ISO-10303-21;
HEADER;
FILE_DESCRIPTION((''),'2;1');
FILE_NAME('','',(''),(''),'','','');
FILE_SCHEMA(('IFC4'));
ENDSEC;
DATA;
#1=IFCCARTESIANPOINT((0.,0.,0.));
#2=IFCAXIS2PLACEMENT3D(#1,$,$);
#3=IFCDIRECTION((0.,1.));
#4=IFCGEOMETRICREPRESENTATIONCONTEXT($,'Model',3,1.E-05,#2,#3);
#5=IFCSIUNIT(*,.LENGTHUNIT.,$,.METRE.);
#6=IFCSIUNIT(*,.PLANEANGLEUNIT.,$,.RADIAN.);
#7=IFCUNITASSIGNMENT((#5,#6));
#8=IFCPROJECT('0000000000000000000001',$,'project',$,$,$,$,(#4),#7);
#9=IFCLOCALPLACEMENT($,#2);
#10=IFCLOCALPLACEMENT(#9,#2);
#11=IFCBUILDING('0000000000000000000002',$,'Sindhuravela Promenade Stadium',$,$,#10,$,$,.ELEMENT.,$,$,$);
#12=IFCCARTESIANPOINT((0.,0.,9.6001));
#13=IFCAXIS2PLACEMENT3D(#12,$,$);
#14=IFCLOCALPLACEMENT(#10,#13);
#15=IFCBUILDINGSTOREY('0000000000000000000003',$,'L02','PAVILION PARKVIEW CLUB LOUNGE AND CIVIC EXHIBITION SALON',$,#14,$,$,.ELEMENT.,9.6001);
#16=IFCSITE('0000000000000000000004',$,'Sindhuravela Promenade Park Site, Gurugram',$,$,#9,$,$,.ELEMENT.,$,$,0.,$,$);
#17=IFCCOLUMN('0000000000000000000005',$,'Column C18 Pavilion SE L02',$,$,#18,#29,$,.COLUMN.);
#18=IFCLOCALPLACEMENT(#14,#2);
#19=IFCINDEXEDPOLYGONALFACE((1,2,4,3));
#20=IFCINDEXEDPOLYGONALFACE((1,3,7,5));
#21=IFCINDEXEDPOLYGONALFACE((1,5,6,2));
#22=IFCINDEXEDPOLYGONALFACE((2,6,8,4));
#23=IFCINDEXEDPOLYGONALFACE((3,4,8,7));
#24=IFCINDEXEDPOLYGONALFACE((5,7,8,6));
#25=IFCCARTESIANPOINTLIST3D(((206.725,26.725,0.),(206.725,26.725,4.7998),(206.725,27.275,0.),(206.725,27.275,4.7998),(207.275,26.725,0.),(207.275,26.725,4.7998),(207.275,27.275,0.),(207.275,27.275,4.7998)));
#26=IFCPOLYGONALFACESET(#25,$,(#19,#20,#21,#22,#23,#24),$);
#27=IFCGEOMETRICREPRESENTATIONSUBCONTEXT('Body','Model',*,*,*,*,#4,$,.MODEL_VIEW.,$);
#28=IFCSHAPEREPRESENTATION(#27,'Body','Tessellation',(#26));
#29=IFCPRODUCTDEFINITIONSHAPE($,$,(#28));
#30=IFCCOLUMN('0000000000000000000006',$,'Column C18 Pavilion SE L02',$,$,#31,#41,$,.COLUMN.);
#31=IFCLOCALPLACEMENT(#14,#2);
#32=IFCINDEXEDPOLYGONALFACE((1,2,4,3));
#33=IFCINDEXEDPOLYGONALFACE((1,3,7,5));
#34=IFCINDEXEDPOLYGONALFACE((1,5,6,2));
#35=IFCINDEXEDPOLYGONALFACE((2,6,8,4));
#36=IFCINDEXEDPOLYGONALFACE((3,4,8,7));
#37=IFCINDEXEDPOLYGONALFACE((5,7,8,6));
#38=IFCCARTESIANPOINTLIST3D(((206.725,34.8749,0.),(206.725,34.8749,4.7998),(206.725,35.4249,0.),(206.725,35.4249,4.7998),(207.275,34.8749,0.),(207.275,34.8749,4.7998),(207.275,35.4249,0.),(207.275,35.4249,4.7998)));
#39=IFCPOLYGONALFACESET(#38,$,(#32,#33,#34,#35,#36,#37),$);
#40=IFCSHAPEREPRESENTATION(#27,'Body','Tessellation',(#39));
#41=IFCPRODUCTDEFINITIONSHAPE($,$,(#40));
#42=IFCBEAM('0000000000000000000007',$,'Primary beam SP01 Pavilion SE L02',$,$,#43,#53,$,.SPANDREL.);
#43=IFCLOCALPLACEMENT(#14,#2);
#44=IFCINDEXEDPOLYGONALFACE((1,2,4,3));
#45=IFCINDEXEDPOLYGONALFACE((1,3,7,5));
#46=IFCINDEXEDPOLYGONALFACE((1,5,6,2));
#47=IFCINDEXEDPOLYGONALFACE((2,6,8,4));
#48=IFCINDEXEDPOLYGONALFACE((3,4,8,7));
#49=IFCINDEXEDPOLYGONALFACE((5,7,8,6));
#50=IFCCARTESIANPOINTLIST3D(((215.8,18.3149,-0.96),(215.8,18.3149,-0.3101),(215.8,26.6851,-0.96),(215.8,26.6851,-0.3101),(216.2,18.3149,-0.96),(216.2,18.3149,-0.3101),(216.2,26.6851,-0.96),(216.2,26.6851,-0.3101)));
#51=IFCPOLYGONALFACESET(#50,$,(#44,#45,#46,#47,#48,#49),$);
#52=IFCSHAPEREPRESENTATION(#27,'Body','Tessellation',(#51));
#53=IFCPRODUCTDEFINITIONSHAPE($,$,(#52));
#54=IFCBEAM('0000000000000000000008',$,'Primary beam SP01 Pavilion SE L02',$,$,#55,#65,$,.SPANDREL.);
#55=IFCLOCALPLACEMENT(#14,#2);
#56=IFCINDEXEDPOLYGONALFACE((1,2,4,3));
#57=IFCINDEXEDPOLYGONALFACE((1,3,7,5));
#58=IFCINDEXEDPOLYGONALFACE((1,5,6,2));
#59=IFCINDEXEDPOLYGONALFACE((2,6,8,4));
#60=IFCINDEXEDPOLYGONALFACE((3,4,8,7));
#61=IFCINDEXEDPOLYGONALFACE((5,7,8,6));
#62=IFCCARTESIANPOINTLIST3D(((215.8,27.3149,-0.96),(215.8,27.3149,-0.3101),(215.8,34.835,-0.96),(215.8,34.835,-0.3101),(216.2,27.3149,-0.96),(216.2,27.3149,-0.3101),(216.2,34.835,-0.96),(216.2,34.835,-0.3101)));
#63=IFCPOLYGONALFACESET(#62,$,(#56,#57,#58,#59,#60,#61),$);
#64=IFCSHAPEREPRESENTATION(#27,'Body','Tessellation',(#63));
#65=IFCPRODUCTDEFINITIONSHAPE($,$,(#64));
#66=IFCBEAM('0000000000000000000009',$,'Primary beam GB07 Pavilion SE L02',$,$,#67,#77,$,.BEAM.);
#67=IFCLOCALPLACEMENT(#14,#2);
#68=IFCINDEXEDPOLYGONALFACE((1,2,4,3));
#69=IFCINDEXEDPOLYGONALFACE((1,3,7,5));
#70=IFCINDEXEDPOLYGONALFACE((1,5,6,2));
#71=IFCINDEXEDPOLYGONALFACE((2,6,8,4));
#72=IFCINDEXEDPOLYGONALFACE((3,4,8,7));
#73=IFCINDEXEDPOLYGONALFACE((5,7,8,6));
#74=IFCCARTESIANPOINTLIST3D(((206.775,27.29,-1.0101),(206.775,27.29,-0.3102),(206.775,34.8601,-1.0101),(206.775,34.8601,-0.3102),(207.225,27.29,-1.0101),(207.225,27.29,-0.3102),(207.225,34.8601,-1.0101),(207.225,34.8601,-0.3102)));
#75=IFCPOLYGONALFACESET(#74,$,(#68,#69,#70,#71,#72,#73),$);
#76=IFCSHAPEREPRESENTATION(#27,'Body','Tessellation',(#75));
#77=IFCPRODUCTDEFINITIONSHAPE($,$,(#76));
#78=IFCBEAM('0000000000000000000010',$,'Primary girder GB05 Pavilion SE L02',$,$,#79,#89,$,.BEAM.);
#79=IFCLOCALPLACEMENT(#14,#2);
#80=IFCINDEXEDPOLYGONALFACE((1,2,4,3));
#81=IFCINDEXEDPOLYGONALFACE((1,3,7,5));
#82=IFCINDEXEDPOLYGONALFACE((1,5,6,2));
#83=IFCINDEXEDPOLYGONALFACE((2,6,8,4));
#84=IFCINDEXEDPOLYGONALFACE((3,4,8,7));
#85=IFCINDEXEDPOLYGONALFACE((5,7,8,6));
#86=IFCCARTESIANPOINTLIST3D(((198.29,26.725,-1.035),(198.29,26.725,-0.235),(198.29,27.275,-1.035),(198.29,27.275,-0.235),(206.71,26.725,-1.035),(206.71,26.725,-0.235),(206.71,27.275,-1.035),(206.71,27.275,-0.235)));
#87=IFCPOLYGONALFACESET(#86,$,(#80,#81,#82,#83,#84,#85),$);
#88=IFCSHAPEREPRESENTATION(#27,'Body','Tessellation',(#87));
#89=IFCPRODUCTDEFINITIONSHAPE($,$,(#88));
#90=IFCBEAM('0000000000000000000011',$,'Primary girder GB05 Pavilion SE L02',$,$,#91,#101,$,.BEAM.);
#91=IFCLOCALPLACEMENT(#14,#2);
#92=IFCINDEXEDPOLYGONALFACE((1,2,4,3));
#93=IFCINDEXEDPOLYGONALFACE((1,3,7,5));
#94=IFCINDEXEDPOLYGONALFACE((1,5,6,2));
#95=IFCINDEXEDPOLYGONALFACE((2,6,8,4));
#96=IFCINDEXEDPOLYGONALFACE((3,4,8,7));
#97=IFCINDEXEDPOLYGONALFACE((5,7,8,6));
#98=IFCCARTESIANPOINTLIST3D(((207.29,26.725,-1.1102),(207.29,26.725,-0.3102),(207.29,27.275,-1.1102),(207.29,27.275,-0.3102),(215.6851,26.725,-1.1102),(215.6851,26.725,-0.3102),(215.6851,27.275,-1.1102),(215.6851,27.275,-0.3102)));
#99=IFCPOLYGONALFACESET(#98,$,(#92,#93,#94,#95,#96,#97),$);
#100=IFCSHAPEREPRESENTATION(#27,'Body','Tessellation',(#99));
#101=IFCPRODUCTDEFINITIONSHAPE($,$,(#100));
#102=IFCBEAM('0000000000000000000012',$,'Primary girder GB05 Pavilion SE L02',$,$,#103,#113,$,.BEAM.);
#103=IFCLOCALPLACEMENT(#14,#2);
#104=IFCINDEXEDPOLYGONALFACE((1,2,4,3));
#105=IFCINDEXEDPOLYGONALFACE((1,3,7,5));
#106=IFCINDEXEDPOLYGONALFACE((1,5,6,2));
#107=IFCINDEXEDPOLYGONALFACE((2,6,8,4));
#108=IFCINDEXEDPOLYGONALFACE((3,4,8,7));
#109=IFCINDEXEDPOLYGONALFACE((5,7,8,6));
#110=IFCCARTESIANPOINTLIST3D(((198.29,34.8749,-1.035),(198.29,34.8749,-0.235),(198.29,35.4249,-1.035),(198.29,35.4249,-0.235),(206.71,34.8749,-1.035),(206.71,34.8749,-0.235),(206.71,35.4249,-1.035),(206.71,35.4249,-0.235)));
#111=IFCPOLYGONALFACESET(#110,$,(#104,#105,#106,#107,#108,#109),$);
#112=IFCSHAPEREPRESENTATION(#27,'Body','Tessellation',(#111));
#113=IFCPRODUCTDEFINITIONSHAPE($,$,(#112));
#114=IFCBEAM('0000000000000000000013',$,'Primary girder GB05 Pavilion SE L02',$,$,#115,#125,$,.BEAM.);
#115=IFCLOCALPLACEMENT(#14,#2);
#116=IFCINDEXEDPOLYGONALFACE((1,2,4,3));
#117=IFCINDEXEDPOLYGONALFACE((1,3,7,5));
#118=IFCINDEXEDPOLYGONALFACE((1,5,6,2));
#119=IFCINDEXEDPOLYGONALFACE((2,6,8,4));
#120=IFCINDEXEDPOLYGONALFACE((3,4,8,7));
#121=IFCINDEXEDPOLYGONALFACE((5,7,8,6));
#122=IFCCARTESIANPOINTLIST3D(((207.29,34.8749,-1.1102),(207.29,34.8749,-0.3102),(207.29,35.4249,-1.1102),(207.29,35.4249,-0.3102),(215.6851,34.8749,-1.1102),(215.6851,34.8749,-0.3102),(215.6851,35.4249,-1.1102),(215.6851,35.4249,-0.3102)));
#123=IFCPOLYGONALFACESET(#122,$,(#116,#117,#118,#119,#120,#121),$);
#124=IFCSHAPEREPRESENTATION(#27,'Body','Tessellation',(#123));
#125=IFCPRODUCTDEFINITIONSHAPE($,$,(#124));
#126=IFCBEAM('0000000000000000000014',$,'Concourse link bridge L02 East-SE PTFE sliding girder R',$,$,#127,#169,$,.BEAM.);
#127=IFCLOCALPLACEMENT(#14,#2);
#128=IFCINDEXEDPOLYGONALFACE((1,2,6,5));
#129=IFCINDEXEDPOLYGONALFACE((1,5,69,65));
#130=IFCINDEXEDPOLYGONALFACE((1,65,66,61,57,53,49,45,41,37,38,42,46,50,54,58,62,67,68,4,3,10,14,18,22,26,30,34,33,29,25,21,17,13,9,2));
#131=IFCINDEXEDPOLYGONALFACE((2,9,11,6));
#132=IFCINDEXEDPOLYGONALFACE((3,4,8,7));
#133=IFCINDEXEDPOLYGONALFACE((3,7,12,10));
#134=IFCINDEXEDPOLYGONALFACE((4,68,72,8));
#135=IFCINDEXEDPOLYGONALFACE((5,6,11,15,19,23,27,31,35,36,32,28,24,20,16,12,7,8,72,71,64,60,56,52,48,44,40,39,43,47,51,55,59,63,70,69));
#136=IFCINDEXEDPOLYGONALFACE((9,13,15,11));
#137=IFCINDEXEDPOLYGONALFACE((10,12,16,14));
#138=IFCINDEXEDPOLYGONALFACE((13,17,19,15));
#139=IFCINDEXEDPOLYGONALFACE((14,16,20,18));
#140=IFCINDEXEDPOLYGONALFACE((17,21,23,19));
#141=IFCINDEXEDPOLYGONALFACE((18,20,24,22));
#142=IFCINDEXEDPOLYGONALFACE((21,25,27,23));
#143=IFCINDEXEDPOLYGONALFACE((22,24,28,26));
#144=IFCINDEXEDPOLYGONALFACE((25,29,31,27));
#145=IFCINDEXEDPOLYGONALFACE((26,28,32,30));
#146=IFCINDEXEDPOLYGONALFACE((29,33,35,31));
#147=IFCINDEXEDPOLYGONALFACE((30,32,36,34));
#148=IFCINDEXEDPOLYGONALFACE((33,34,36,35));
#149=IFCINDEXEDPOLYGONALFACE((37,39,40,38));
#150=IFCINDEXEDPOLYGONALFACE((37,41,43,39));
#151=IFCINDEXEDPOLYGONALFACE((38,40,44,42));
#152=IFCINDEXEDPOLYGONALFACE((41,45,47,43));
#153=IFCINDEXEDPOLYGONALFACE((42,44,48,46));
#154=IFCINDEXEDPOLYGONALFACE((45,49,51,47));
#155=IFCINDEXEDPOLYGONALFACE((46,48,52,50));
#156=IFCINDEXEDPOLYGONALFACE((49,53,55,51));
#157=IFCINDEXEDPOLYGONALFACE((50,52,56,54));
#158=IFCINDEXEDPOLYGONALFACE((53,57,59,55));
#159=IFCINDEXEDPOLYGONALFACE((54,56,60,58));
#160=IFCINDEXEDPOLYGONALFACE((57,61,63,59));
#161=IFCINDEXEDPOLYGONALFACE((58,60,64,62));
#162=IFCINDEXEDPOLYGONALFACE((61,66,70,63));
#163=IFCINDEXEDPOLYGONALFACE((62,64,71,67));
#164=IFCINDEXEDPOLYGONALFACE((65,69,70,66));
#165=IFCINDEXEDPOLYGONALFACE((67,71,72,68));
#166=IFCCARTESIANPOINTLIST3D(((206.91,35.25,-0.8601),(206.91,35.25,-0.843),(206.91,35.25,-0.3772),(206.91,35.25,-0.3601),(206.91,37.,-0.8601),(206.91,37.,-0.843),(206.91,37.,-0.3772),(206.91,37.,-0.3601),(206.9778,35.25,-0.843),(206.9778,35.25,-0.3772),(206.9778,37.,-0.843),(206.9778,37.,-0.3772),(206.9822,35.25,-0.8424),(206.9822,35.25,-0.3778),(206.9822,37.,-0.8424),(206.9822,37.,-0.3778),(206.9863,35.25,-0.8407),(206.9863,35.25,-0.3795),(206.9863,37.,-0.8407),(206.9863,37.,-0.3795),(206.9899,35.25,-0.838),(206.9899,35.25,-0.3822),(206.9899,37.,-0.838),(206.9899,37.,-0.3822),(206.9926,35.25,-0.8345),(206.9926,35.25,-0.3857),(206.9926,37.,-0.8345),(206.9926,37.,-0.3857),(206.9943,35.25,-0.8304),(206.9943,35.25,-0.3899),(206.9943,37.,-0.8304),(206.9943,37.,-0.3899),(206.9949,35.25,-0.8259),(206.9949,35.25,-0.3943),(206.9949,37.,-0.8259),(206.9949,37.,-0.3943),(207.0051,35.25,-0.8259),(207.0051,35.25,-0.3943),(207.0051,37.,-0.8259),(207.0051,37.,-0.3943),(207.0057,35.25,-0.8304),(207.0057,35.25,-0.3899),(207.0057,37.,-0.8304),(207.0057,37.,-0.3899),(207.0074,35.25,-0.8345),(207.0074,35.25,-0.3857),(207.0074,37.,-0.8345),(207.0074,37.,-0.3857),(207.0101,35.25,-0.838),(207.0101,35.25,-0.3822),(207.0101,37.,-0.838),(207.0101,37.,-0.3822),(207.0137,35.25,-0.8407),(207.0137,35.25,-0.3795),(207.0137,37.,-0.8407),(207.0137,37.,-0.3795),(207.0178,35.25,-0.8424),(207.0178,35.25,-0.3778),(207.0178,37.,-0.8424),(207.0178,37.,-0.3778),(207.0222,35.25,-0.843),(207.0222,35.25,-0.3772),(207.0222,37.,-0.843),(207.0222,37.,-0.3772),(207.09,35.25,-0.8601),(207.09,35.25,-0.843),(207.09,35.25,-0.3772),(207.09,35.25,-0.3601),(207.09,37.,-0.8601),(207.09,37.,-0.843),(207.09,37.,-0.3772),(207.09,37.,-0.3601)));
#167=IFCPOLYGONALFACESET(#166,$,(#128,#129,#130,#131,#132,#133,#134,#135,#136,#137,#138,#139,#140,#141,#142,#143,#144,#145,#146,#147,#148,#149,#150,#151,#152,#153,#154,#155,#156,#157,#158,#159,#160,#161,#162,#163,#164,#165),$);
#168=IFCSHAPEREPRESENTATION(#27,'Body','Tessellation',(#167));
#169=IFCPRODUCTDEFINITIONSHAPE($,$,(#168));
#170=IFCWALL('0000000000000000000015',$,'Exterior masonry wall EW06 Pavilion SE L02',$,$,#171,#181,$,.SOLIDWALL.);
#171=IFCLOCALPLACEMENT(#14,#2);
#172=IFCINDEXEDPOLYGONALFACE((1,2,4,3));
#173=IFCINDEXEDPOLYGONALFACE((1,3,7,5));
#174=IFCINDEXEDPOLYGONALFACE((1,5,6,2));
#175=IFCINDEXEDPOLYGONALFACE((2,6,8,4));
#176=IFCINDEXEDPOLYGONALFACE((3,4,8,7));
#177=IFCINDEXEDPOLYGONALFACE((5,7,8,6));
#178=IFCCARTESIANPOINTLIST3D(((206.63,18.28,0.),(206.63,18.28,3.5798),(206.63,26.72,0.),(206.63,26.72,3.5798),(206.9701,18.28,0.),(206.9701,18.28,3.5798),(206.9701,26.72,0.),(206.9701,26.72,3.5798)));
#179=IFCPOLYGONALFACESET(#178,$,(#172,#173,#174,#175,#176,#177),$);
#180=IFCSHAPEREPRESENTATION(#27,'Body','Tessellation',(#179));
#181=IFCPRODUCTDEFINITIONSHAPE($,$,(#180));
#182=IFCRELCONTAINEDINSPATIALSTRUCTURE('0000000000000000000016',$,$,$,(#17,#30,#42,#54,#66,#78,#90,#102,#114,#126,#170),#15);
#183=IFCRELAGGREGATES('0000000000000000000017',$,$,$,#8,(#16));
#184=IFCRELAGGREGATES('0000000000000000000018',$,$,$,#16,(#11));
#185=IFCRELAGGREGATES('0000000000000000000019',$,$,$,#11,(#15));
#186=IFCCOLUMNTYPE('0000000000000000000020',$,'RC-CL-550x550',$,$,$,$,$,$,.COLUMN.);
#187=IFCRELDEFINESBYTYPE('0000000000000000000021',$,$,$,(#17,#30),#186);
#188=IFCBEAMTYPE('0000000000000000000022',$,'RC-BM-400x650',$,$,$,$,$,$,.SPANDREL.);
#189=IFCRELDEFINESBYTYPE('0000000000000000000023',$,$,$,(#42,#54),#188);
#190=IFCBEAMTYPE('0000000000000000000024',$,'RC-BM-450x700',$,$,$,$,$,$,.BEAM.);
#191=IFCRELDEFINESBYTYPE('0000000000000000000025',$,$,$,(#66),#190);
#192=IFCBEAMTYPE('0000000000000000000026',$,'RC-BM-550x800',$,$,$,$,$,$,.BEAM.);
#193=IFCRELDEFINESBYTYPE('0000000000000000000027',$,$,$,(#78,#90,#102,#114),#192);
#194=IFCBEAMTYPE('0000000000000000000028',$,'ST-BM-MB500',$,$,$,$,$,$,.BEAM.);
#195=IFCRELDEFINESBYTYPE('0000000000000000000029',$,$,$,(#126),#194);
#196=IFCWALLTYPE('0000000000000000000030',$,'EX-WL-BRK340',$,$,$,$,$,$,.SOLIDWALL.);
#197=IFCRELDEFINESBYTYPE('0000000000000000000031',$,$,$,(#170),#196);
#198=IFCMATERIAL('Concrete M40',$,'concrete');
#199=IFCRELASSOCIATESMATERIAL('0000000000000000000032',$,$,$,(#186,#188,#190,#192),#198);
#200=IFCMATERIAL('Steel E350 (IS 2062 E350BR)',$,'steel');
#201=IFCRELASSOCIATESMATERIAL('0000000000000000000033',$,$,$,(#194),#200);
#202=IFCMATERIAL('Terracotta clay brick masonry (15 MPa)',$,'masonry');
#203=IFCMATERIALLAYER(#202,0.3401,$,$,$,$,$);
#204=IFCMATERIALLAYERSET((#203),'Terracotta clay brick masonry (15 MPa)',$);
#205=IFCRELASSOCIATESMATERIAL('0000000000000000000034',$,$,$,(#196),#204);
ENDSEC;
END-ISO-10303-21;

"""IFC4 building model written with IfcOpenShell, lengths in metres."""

from ifc_helpers import new_model, si_unit, direction, frame, frame_2d, origin, origin_2d, place, context, subcontext, project, spatial, rectangle, i_section, extrude, material, layer, layer_set, material_profile, profile_set, type_object, element, save


model = new_model("IFC4")

# Units and contexts
model_context = context("Model", 3, precision=1e-05, world=origin(), true_north=direction((0.0, 1.0)))
body_context = subcontext(model_context, "Body", "Model", "MODEL_VIEW")
ifc_project = project(units=[si_unit("LENGTHUNIT", "METRE"), si_unit("PLANEANGLEUNIT", "RADIAN")], contexts=[model_context])

# Site, building, storey
site_placement = place(None, origin())
site = spatial("IfcSite", under=ifc_project, at=site_placement, Name="Sindhuravela Promenade Park Site, Gurugram", CompositionType="ELEMENT", RefElevation=0.0)
building_placement = place(site_placement, origin())
building = spatial("IfcBuilding", under=site, at=building_placement, Name="Sindhuravela Promenade Stadium", CompositionType="ELEMENT")
storey_placement = place(building_placement, frame((0.0, 0.0, 9.6001)))
storey = spatial("IfcBuildingStorey", under=building, at=storey_placement, Name="L02", Description="PAVILION PARKVIEW CLUB LOUNGE AND CIVIC EXHIBITION SALON", CompositionType="ELEMENT", Elevation=9.6001)

# Columns
ifc_material_1 = material(Name="Concrete M40", Category="concrete")
ifc_material_profile_1 = material_profile(ifc_material_1, rectangle(XDim=0.55, YDim=0.55, at=origin_2d()), Name="RC 550x550")
ifc_profile_set_1 = profile_set([ifc_material_profile_1], Name="Concrete M40")
column_type = type_object("IfcColumnType", Name="RC-CL-550x550", PredefinedType="COLUMN", material=ifc_profile_set_1)
for number, where, z_axis, x_axis, name in (
    (1, (207.0, 27.0, 0.0), (0.0, 0.0, 1.0), (1.0, 0.0, 0.0), "Column C18 Pavilion SE L02"),
    (2, (207.0, 35.1499, 0.0), (0.0, 0.0, 1.0), (1.0, 0.0, 0.0), "Column C18 Pavilion SE L02"),
):
    element("IfcColumn", number, at=place(storey_placement, frame(where, z_axis=z_axis, x_axis=x_axis)), inside=storey, type_object=column_type, Name=name, PredefinedType="COLUMN", context=body_context, shape_type="SweptSolid", body=[
        extrude(rectangle(XDim=0.55, YDim=0.55, at=origin_2d()), origin(), (0.0, 0.0, 1.0), 4.7998),
    ])

# Beams
ifc_material_profile_2 = material_profile(ifc_material_1, rectangle(XDim=0.3999, YDim=0.6499, at=origin_2d()), Name="RC 400x650")
ifc_profile_set_2 = profile_set([ifc_material_profile_2], Name="Concrete M40")
beam_type_1 = type_object("IfcBeamType", Name="RC-BM-400x650", PredefinedType="SPANDREL", material=ifc_profile_set_2)
beam_1_placement = place(storey_placement, frame((216.0, 18.3149, -0.635), z_axis=(0.0, 1.0, 0.0), x_axis=(-1.0, 0.0, 0.0)))
element("IfcBeam", 3, at=beam_1_placement, inside=storey, type_object=beam_type_1, Name="Primary beam SP01 Pavilion SE L02", PredefinedType="SPANDREL", context=body_context, shape_type="SweptSolid", body=[
    extrude(rectangle(XDim=0.3999, YDim=0.6499, at=origin_2d()), origin(), (0.0, 0.0, 1.0), 8.3701),
])
beam_2_placement = place(storey_placement, frame((216.0, 27.3149, -0.635), z_axis=(0.0, 1.0, 0.0), x_axis=(-1.0, 0.0, 0.0)))
element("IfcBeam", 4, at=beam_2_placement, inside=storey, type_object=beam_type_1, Name="Primary beam SP01 Pavilion SE L02", PredefinedType="SPANDREL", context=body_context, shape_type="SweptSolid", body=[
    extrude(rectangle(XDim=0.3999, YDim=0.6499, at=origin_2d()), origin(), (0.0, 0.0, 1.0), 7.52),
])
ifc_material_profile_3 = material_profile(ifc_material_1, rectangle(XDim=0.45, YDim=0.7, at=origin_2d()), Name="RC 450x700")
ifc_profile_set_3 = profile_set([ifc_material_profile_3], Name="Concrete M40")
beam_type_2 = type_object("IfcBeamType", Name="RC-BM-450x700", PredefinedType="BEAM", material=ifc_profile_set_3)
beam_3_placement = place(storey_placement, frame((207.0, 27.29, -0.6602), z_axis=(0.0, 1.0, 0.0), x_axis=(-1.0, 0.0, 0.0)))
element("IfcBeam", 5, at=beam_3_placement, inside=storey, type_object=beam_type_2, Name="Primary beam GB07 Pavilion SE L02", PredefinedType="BEAM", context=body_context, shape_type="SweptSolid", body=[
    extrude(rectangle(XDim=0.45, YDim=0.7, at=origin_2d()), origin(), (0.0, 0.0, 1.0), 7.5701),
])
ifc_material_profile_4 = material_profile(ifc_material_1, rectangle(XDim=0.55, YDim=0.8, at=origin_2d()), Name="RC 550x800")
ifc_profile_set_4 = profile_set([ifc_material_profile_4], Name="Concrete M40")
beam_type_3 = type_object("IfcBeamType", Name="RC-BM-550x800", PredefinedType="BEAM", material=ifc_profile_set_4)
beam_4_placement = place(storey_placement, frame((198.29, 27.0, -0.635), z_axis=(1.0, 0.0, 0.0), x_axis=(0.0, 1.0, 0.0)))
element("IfcBeam", 6, at=beam_4_placement, inside=storey, type_object=beam_type_3, Name="Primary girder GB05 Pavilion SE L02", PredefinedType="BEAM", context=body_context, shape_type="SweptSolid", body=[
    extrude(rectangle(XDim=0.55, YDim=0.8, at=origin_2d()), origin(), (0.0, 0.0, 1.0), 8.4199),
])
beam_5_placement = place(storey_placement, frame((207.29, 27.0, -0.7102), z_axis=(1.0, 0.0, 0.0), x_axis=(0.0, 1.0, 0.0)))
element("IfcBeam", 7, at=beam_5_placement, inside=storey, type_object=beam_type_3, Name="Primary girder GB05 Pavilion SE L02", PredefinedType="BEAM", context=body_context, shape_type="SweptSolid", body=[
    extrude(rectangle(XDim=0.55, YDim=0.8, at=origin_2d()), origin(), (0.0, 0.0, 1.0), 8.395),
])
beam_6_placement = place(storey_placement, frame((198.29, 35.1499, -0.635), z_axis=(1.0, 0.0, 0.0), x_axis=(0.0, 1.0, 0.0)))
element("IfcBeam", 8, at=beam_6_placement, inside=storey, type_object=beam_type_3, Name="Primary girder GB05 Pavilion SE L02", PredefinedType="BEAM", context=body_context, shape_type="SweptSolid", body=[
    extrude(rectangle(XDim=0.55, YDim=0.8, at=origin_2d()), origin(), (0.0, 0.0, 1.0), 8.4199),
])
beam_7_placement = place(storey_placement, frame((207.29, 35.1499, -0.7102), z_axis=(1.0, 0.0, 0.0), x_axis=(0.0, 1.0, 0.0)))
element("IfcBeam", 9, at=beam_7_placement, inside=storey, type_object=beam_type_3, Name="Primary girder GB05 Pavilion SE L02", PredefinedType="BEAM", context=body_context, shape_type="SweptSolid", body=[
    extrude(rectangle(XDim=0.55, YDim=0.8, at=origin_2d()), origin(), (0.0, 0.0, 1.0), 8.395),
])
ifc_material_2 = material(Name="Steel E350 (IS 2062 E350BR)", Category="steel")
ifc_material_profile_5 = material_profile(ifc_material_2, i_section(OverallWidth=0.1799, OverallDepth=0.5, WebThickness=0.0103, FlangeThickness=0.0171, FilletRadius=0.0171, at=origin_2d()), Name="ISMB 500")
ifc_profile_set_5 = profile_set([ifc_material_profile_5], Name="Steel E350 (IS 2062 E350BR)")
beam_type_4 = type_object("IfcBeamType", Name="ST-BM-MB500", PredefinedType="BEAM", material=ifc_profile_set_5)
beam_8_placement = place(storey_placement, frame((207.0, 35.25, -0.6101), z_axis=(0.0, 1.0, 0.0), x_axis=(-1.0, 0.0, 0.0)))
element("IfcBeam", 10, at=beam_8_placement, inside=storey, type_object=beam_type_4, Name="Concourse link bridge L02 East-SE PTFE sliding girder R", PredefinedType="BEAM", context=body_context, shape_type="SweptSolid", body=[
    extrude(i_section(OverallWidth=0.1799, OverallDepth=0.5, WebThickness=0.0103, FlangeThickness=0.0171, FilletRadius=0.0171, at=origin_2d()), origin(), (0.0, 0.0, 1.0), 1.75),
])

# Wall
ifc_material_3 = material(Name="Terracotta clay brick masonry (15 MPa)", Category="masonry")
ifc_layer_1 = layer(ifc_material_3, 0.3401)
ifc_layer_set_1 = layer_set([ifc_layer_1], Name="Terracotta clay brick masonry (15 MPa)")
wall_type_1 = type_object("IfcWallType", Name="EX-WL-BRK340", PredefinedType="SOLIDWALL", material=ifc_layer_set_1)
wall_1_placement = place(storey_placement, frame((206.8, 26.72, 0.0), z_axis=(0.0, 0.0, 1.0), x_axis=(0.0, -1.0, 0.0)))
element("IfcWall", 11, at=wall_1_placement, inside=storey, type_object=wall_type_1, Name="Exterior masonry wall EW06 Pavilion SE L02", PredefinedType="SOLIDWALL", context=body_context, shape_type="SweptSolid", body=[
    extrude(rectangle(XDim=8.4399, YDim=0.3401, at=frame_2d((4.22, 0.0))), origin(), (0.0, 0.0, 1.0), 3.5798),
])

save(model, "model.ifc")
